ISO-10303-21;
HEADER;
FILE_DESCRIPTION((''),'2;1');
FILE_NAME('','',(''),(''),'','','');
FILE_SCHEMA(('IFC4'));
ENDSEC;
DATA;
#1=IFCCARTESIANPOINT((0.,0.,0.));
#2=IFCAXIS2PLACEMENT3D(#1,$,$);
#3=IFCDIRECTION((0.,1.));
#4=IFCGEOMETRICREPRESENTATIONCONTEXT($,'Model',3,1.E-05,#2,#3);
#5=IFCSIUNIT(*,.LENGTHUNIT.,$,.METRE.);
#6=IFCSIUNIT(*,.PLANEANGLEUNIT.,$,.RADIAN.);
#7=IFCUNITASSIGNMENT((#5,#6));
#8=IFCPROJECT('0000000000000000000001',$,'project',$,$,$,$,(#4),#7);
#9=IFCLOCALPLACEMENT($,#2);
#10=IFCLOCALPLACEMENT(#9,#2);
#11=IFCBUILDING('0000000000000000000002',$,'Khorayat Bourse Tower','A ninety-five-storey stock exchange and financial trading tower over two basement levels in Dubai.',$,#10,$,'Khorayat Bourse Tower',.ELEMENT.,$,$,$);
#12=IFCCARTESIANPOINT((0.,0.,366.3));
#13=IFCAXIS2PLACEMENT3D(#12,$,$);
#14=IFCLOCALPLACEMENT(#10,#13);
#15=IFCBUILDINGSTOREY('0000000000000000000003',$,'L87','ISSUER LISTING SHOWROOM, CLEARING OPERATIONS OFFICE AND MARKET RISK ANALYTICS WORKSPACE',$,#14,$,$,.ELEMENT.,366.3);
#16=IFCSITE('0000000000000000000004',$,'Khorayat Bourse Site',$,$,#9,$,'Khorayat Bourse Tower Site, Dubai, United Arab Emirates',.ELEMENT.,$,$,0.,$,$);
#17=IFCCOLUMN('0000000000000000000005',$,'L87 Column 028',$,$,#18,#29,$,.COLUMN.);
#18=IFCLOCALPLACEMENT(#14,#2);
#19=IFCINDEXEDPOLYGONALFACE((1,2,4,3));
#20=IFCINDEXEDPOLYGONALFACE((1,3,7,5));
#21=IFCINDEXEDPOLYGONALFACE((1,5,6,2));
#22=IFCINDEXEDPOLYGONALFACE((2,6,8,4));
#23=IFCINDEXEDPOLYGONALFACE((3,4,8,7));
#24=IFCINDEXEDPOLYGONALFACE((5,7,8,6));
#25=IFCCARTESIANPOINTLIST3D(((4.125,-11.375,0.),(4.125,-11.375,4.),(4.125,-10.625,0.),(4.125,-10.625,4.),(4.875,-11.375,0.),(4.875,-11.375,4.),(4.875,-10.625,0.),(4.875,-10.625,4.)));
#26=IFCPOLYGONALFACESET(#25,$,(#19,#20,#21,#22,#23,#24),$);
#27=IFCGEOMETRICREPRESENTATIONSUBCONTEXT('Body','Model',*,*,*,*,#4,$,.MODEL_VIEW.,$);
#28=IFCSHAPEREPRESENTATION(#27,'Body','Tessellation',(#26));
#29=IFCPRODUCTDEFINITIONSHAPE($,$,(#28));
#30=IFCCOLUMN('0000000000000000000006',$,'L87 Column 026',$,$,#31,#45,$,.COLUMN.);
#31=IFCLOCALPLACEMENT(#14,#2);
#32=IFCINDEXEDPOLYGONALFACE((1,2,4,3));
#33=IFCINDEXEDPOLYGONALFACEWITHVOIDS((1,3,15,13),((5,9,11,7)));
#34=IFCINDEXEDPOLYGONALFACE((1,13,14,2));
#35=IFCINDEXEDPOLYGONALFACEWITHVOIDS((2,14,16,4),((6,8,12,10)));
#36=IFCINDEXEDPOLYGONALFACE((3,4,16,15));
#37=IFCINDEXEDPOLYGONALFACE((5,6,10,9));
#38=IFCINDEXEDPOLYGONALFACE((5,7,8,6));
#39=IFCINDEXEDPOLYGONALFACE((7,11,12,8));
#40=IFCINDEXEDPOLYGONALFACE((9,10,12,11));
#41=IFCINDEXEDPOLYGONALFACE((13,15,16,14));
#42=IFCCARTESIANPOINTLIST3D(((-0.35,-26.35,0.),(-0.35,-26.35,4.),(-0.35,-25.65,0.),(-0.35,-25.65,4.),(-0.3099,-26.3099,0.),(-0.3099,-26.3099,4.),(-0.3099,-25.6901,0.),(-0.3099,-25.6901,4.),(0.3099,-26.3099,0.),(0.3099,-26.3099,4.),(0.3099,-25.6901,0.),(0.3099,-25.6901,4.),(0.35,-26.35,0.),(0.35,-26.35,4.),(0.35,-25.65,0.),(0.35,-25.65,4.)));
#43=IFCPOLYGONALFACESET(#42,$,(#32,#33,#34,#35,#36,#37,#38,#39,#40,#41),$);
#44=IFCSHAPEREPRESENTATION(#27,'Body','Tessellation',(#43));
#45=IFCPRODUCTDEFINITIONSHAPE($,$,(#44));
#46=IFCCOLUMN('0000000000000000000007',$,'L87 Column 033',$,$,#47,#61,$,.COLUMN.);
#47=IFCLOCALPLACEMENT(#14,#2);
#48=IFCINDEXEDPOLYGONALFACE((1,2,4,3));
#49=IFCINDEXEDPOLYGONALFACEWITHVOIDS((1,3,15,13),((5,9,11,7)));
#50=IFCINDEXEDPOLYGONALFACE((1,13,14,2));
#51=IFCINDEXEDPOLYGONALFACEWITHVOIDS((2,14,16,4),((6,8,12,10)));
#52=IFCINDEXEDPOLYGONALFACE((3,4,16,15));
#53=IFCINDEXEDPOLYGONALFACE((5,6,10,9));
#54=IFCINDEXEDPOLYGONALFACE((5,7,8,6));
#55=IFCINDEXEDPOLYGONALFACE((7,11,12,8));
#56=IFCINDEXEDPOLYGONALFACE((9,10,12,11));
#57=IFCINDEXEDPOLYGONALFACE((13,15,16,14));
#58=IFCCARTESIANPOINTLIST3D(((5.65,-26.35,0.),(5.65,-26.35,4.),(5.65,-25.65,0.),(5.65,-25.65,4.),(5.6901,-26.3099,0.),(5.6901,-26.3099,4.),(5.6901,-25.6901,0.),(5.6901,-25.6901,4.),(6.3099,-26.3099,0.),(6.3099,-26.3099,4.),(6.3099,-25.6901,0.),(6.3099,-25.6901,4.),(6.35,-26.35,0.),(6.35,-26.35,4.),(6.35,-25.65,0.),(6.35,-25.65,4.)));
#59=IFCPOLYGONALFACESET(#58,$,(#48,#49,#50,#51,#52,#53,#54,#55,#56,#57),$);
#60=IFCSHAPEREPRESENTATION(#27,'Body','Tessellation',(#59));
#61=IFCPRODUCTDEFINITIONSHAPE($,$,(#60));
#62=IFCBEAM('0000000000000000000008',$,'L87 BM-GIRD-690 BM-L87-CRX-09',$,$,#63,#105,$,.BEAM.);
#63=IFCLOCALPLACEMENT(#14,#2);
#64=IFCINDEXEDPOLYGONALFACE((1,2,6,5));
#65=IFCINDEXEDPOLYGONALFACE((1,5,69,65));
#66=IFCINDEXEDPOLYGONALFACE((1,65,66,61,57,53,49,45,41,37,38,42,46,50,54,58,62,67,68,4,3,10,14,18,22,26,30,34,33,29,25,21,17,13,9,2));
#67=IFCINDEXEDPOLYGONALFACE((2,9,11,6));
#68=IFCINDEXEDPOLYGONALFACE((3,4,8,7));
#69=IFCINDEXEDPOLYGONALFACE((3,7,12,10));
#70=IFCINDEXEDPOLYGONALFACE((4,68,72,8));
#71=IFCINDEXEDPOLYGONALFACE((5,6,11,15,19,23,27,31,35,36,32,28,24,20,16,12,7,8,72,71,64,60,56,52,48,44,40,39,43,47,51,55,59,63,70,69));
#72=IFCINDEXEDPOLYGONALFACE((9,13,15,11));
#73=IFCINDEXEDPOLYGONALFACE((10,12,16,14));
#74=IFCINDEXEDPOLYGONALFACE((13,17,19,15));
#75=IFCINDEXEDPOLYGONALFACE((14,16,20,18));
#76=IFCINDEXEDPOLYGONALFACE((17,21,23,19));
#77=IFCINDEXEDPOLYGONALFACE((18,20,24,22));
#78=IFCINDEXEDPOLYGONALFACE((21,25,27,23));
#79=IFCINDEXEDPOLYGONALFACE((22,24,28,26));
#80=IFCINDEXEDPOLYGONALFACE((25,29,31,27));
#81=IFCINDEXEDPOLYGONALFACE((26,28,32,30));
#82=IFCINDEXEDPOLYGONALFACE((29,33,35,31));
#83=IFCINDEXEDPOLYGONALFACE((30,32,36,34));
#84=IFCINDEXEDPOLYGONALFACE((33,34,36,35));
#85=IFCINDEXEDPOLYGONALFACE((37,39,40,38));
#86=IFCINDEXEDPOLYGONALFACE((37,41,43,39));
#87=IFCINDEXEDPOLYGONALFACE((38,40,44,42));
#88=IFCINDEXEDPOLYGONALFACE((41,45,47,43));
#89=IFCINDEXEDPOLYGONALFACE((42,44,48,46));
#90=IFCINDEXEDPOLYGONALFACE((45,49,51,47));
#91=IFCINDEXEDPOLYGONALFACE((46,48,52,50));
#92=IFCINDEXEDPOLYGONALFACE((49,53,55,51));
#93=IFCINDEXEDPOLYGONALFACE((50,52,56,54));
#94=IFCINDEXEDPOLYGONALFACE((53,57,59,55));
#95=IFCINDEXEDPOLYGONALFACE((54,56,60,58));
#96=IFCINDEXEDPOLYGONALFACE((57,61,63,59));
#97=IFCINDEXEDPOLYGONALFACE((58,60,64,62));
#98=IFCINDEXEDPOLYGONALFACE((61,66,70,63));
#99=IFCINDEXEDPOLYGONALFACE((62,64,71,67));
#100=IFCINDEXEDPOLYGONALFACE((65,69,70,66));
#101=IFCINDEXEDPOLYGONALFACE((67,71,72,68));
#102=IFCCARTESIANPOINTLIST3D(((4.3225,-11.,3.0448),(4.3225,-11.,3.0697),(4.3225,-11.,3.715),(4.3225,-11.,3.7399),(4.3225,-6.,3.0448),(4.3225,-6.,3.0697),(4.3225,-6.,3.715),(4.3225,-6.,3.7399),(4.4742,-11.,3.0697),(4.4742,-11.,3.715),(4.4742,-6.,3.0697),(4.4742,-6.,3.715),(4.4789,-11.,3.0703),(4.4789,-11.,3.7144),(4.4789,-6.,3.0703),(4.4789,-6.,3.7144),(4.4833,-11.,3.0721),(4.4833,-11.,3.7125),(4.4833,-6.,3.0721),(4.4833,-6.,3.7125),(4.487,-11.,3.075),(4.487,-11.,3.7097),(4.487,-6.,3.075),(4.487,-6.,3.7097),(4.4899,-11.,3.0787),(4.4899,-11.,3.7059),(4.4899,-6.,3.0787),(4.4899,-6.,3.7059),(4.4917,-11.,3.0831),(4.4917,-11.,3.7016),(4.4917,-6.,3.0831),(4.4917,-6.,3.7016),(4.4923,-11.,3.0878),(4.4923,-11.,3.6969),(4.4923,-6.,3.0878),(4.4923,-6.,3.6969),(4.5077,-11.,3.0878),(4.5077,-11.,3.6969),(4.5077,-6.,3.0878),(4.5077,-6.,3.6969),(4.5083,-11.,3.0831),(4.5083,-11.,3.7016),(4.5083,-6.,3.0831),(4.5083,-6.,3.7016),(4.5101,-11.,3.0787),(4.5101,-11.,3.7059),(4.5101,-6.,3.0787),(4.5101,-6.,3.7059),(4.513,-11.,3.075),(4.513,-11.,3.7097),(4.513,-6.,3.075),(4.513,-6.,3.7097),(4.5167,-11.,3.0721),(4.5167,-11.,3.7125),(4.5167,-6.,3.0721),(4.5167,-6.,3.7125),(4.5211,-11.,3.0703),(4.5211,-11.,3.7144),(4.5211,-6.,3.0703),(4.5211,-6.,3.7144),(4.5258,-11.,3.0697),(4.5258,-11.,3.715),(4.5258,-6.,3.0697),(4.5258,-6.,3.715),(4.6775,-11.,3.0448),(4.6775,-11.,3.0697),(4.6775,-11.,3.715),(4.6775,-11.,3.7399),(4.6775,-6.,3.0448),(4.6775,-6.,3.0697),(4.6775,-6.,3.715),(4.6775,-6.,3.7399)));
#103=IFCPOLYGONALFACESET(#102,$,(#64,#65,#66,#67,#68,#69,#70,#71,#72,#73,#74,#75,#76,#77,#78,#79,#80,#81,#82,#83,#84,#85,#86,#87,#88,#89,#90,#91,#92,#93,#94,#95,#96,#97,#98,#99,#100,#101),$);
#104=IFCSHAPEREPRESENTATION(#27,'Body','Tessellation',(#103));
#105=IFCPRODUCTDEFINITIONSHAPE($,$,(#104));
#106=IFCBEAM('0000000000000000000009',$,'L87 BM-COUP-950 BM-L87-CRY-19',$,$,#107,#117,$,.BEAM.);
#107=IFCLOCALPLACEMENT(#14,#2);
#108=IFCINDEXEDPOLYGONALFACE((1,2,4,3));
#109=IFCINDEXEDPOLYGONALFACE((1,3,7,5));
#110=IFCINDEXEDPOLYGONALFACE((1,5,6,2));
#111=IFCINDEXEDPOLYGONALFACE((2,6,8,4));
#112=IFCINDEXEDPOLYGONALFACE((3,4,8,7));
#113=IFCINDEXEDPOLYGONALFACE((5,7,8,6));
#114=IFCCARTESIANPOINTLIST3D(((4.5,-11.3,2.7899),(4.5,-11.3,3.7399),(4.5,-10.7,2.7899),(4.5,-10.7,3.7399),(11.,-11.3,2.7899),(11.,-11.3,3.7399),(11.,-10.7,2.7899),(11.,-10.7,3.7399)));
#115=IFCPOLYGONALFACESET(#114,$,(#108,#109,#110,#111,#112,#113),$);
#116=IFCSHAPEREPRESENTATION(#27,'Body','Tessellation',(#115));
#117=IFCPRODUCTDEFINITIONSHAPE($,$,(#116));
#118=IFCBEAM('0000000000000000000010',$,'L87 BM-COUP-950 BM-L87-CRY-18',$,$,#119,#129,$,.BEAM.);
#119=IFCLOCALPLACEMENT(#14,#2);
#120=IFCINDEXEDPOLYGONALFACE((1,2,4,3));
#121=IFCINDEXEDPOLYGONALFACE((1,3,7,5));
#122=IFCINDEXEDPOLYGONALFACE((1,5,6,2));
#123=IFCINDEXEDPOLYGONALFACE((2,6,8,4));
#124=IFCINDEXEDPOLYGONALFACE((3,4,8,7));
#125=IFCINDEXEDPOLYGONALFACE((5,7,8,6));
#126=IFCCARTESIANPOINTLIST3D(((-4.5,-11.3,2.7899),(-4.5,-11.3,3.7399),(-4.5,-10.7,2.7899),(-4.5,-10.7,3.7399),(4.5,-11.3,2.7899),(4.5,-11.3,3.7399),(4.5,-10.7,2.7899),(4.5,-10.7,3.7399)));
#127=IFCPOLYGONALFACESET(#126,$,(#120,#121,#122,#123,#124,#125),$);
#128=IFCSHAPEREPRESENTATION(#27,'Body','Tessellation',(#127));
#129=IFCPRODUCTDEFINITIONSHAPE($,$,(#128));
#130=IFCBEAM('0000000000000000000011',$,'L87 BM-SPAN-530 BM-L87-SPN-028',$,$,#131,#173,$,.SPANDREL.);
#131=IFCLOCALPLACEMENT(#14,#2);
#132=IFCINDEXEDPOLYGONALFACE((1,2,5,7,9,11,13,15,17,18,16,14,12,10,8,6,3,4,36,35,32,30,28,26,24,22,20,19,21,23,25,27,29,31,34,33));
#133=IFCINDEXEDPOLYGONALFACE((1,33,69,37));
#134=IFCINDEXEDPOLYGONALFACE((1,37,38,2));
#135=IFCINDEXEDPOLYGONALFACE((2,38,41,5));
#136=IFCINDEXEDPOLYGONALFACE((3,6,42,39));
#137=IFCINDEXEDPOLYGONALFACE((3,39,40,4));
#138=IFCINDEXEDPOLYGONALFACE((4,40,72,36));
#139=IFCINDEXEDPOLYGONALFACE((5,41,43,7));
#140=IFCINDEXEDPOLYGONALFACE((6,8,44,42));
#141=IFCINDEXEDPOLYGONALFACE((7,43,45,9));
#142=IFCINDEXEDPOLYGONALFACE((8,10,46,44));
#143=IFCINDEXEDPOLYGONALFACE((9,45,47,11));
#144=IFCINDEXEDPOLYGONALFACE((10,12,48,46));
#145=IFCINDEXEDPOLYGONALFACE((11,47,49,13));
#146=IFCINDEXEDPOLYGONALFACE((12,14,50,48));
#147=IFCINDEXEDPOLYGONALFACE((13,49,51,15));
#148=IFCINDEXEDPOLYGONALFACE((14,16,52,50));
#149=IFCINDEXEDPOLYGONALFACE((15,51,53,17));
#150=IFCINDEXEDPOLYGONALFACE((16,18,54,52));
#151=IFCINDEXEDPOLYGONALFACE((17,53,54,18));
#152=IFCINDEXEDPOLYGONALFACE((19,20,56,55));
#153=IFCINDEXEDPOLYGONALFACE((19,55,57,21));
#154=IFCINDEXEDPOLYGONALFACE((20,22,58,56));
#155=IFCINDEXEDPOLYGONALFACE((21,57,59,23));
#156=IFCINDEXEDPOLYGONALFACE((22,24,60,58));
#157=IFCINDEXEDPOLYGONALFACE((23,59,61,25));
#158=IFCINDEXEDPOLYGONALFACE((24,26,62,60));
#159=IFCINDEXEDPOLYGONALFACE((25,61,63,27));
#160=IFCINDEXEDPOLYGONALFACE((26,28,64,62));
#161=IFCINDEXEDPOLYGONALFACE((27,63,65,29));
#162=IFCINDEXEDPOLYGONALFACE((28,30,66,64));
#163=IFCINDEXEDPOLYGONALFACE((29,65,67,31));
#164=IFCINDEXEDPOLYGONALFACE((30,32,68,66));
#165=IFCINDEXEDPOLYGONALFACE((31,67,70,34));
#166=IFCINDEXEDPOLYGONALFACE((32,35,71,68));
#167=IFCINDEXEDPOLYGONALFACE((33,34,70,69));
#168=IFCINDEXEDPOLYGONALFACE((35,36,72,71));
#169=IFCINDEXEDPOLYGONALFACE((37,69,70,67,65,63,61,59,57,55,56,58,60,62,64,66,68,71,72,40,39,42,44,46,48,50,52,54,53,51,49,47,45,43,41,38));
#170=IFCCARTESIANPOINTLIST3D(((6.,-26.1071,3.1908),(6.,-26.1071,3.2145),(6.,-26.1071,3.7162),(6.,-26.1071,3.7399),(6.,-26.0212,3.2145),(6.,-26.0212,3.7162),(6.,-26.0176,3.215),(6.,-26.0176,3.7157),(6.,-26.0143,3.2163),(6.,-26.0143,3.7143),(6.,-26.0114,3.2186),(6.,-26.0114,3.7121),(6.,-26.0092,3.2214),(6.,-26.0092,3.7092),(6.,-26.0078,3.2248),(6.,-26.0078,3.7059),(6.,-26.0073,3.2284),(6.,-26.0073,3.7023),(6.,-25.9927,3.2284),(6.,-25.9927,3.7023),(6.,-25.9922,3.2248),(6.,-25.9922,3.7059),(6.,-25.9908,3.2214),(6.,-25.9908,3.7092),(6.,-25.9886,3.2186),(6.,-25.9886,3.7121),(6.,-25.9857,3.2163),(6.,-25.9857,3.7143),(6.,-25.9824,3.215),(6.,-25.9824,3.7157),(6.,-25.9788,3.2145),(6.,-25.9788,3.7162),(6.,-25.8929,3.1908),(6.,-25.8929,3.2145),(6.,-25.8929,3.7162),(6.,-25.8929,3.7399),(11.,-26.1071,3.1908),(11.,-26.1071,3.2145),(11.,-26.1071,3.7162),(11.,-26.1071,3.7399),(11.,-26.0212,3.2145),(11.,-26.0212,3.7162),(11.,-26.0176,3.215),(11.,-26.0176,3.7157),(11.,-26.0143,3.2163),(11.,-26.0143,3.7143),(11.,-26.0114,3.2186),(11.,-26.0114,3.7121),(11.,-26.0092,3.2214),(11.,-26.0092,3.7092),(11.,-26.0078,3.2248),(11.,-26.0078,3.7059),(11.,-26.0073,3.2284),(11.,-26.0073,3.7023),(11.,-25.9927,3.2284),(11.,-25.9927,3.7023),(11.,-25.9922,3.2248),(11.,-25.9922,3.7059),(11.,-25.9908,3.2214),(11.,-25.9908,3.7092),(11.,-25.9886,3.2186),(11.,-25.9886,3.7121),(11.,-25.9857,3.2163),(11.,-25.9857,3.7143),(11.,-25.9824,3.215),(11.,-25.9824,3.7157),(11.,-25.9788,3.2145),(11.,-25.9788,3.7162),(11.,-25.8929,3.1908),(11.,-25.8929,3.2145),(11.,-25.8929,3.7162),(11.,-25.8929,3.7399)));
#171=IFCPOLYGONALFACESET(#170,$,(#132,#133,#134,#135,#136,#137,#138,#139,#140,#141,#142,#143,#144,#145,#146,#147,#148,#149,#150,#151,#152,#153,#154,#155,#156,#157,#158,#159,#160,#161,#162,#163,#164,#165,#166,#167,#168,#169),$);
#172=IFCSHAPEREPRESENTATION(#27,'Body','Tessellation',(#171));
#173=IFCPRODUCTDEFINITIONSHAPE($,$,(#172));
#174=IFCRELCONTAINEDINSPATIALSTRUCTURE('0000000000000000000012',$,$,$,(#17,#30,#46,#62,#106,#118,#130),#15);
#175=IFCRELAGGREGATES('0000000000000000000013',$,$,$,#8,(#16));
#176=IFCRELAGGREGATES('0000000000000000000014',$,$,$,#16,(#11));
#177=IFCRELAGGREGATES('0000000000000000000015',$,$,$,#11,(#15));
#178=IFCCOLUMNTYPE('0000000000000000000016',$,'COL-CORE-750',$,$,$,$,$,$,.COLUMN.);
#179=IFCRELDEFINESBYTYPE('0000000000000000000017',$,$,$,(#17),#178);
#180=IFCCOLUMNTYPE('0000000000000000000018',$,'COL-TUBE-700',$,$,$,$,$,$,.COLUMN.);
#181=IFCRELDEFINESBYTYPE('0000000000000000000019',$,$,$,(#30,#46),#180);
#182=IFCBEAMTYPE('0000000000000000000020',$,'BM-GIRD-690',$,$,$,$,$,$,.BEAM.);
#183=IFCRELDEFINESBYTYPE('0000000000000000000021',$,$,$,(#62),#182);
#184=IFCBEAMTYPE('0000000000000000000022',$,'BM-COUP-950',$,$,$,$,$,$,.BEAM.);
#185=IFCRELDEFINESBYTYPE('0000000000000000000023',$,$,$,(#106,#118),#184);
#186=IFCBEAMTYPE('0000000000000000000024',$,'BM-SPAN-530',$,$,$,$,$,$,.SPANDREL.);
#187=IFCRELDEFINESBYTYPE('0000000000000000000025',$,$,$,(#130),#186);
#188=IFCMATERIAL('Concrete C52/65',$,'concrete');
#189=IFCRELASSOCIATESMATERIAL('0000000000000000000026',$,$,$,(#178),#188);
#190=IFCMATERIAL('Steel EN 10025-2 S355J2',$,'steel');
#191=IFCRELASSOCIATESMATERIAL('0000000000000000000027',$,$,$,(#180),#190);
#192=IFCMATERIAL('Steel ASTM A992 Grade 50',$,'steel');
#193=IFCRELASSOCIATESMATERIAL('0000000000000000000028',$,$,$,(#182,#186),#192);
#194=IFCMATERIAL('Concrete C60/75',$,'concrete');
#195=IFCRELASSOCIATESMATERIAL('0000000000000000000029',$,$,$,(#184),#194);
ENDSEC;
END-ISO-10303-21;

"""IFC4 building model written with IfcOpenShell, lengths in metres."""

from ifc_helpers import new_model, si_unit, direction, frame, origin, origin_2d, place, context, subcontext, project, spatial, rectangle, hollow_rectangle, i_section, extrude, source, transform, mapped, material, material_profile, profile_set, type_object, element, save


model = new_model("IFC4")

# Units and contexts
model_context = context("Model", 3, precision=1e-05, world=origin(), true_north=direction((0.0, 1.0)))
body_context = subcontext(model_context, "Body", "Model", "MODEL_VIEW")
ifc_project = project(units=[si_unit("LENGTHUNIT", "METRE"), si_unit("PLANEANGLEUNIT", "RADIAN")], contexts=[model_context])

# Site, building, storey
site_placement = place(None, origin())
site = spatial("IfcSite", under=ifc_project, at=site_placement, Name="Khorayat Bourse Site", LongName="Khorayat Bourse Tower Site, Dubai, United Arab Emirates", CompositionType="ELEMENT", RefElevation=0.0)
building_placement = place(site_placement, origin())
building = spatial("IfcBuilding", under=site, at=building_placement, Name="Khorayat Bourse Tower", Description="A ninety-five-storey stock exchange and financial trading tower over two basement levels in Dubai.", LongName="Khorayat Bourse Tower", CompositionType="ELEMENT")
storey_placement = place(building_placement, frame((0.0, 0.0, 366.3)))
storey = spatial("IfcBuildingStorey", under=building, at=storey_placement, Name="L87", Description="ISSUER LISTING SHOWROOM, CLEARING OPERATIONS OFFICE AND MARKET RISK ANALYTICS WORKSPACE", CompositionType="ELEMENT", Elevation=366.3)

# Columns
ifc_material_1 = material(Name="Concrete C52/65", Category="concrete")
ifc_material_profile_1 = material_profile(ifc_material_1, rectangle(XDim=0.75, YDim=0.75, at=origin_2d()), Name="RC 750x750")
ifc_profile_set_1 = profile_set([ifc_material_profile_1], Name="Concrete C52/65")
column_type_1 = type_object("IfcColumnType", Name="COL-CORE-750", PredefinedType="COLUMN", material=ifc_profile_set_1)
shared_shape_1 = source(origin(), body_context, "Body", "SweptSolid", [
    extrude(rectangle(XDim=0.75, YDim=0.75, at=origin_2d()), origin(), (0.0, 0.0, 1.0), 4.0),
])
column_placement = place(storey_placement, frame((4.5, -11.0, 0.0), z_axis=(0.0, 0.0, 1.0), x_axis=(1.0, 0.0, 0.0)))
element("IfcColumn", 1, at=column_placement, inside=storey, type_object=column_type_1, Name="L87 Column 028", PredefinedType="COLUMN", context=body_context, shape_type="MappedRepresentation", body=[
    mapped(shared_shape_1, transform((0.0, 0.0, 0.0), scale=1.0)),
])
ifc_material_2 = material(Name="Steel EN 10025-2 S355J2", Category="steel")
ifc_material_profile_2 = material_profile(ifc_material_2, hollow_rectangle(XDim=0.7, YDim=0.7, WallThickness=0.04, at=origin_2d()), Name="BOX 700x700x40")
ifc_profile_set_2 = profile_set([ifc_material_profile_2], Name="Steel EN 10025-2 S355J2")
column_type_2 = type_object("IfcColumnType", Name="COL-TUBE-700", PredefinedType="COLUMN", material=ifc_profile_set_2)
shared_shape_2 = source(origin(), body_context, "Body", "SweptSolid", [
    extrude(hollow_rectangle(XDim=0.7, YDim=0.7, WallThickness=0.04, at=origin_2d()), origin(), (0.0, 0.0, 1.0), 4.0),
])
for number, where, z_axis, x_axis, name in (
    (2, (0.0, -26.0, 0.0), (0.0, 0.0, 1.0), (1.0, 0.0, 0.0), "L87 Column 026"),
    (3, (6.0, -26.0, 0.0), (0.0, 0.0, 1.0), (1.0, 0.0, 0.0), "L87 Column 033"),
):
    element("IfcColumn", number, at=place(storey_placement, frame(where, z_axis=z_axis, x_axis=x_axis)), inside=storey, type_object=column_type_2, Name=name, PredefinedType="COLUMN", context=body_context, shape_type="MappedRepresentation", body=[
        mapped(shared_shape_2, transform((0.0, 0.0, 0.0), scale=1.0)),
    ])

# Beams
ifc_material_3 = material(Name="Steel ASTM A992 Grade 50", Category="steel")
ifc_material_profile_3 = material_profile(ifc_material_3, i_section(OverallWidth=0.355, OverallDepth=0.6951, WebThickness=0.0154, FlangeThickness=0.0249, FilletRadius=0.0181, at=origin_2d()), Name="W690X217")
ifc_profile_set_3 = profile_set([ifc_material_profile_3], Name="Steel ASTM A992 Grade 50")
beam_type_1 = type_object("IfcBeamType", Name="BM-GIRD-690", PredefinedType="BEAM", material=ifc_profile_set_3)
shared_shape_3 = source(origin(), body_context, "Body", "SweptSolid", [
    extrude(i_section(OverallWidth=0.355, OverallDepth=0.6951, WebThickness=0.0154, FlangeThickness=0.0249, FilletRadius=0.0181, at=origin_2d()), origin(), (0.0, 0.0, 1.0), 5.0),
])
beam_1_placement = place(storey_placement, frame((4.5, -11.0, 3.3923), z_axis=(0.0, 1.0, 0.0), x_axis=(-1.0, 0.0, 0.0)))
element("IfcBeam", 4, at=beam_1_placement, inside=storey, type_object=beam_type_1, Name="L87 BM-GIRD-690 BM-L87-CRX-09", PredefinedType="BEAM", context=body_context, shape_type="MappedRepresentation", body=[
    mapped(shared_shape_3, transform((0.0, 0.0, 0.0), scale=1.0)),
])
ifc_material_4 = material(Name="Concrete C60/75", Category="concrete")
ifc_material_profile_4 = material_profile(ifc_material_4, rectangle(XDim=0.6001, YDim=0.95, at=origin_2d()), Name="RC 600x950")
ifc_profile_set_4 = profile_set([ifc_material_profile_4], Name="Concrete C60/75")
beam_type_2 = type_object("IfcBeamType", Name="BM-COUP-950", PredefinedType="BEAM", material=ifc_profile_set_4)
shared_shape_4 = source(origin(), body_context, "Body", "SweptSolid", [
    extrude(rectangle(XDim=0.6001, YDim=0.95, at=origin_2d()), origin(), (0.0, 0.0, 1.0), 6.5),
])
beam_2_placement = place(storey_placement, frame((4.5, -11.0, 3.2649), z_axis=(1.0, 0.0, 0.0), x_axis=(0.0, 1.0, 0.0)))
element("IfcBeam", 5, at=beam_2_placement, inside=storey, type_object=beam_type_2, Name="L87 BM-COUP-950 BM-L87-CRY-19", PredefinedType="BEAM", context=body_context, shape_type="MappedRepresentation", body=[
    mapped(shared_shape_4, transform((0.0, 0.0, 0.0), scale=1.0)),
])
shared_shape_5 = source(origin(), body_context, "Body", "SweptSolid", [
    extrude(rectangle(XDim=0.6001, YDim=0.95, at=origin_2d()), origin(), (0.0, 0.0, 1.0), 9.0),
])
beam_3_placement = place(storey_placement, frame((-4.5, -11.0, 3.2649), z_axis=(1.0, 0.0, 0.0), x_axis=(0.0, 1.0, 0.0)))
element("IfcBeam", 6, at=beam_3_placement, inside=storey, type_object=beam_type_2, Name="L87 BM-COUP-950 BM-L87-CRY-18", PredefinedType="BEAM", context=body_context, shape_type="MappedRepresentation", body=[
    mapped(shared_shape_5, transform((0.0, 0.0, 0.0), scale=1.0)),
])
ifc_material_profile_5 = material_profile(ifc_material_3, i_section(OverallWidth=0.2141, OverallDepth=0.5491, WebThickness=0.0146, FlangeThickness=0.0237, FilletRadius=0.0139, at=origin_2d()), Name="W530X138")
ifc_profile_set_5 = profile_set([ifc_material_profile_5], Name="Steel ASTM A992 Grade 50")
beam_type_3 = type_object("IfcBeamType", Name="BM-SPAN-530", PredefinedType="SPANDREL", material=ifc_profile_set_5)
shared_shape_6 = source(origin(), body_context, "Body", "SweptSolid", [
    extrude(i_section(OverallWidth=0.2141, OverallDepth=0.5491, WebThickness=0.0146, FlangeThickness=0.0237, FilletRadius=0.0139, at=origin_2d()), origin(), (0.0, 0.0, 1.0), 5.0),
])
beam_4_placement = place(storey_placement, frame((6.0, -26.0, 3.4653), z_axis=(1.0, 0.0, 0.0), x_axis=(0.0, 1.0, 0.0)))
element("IfcBeam", 7, at=beam_4_placement, inside=storey, type_object=beam_type_3, Name="L87 BM-SPAN-530 BM-L87-SPN-028", PredefinedType="SPANDREL", context=body_context, shape_type="MappedRepresentation", body=[
    mapped(shared_shape_6, transform((0.0, 0.0, 0.0), scale=1.0)),
])

save(model, "model.ifc")
